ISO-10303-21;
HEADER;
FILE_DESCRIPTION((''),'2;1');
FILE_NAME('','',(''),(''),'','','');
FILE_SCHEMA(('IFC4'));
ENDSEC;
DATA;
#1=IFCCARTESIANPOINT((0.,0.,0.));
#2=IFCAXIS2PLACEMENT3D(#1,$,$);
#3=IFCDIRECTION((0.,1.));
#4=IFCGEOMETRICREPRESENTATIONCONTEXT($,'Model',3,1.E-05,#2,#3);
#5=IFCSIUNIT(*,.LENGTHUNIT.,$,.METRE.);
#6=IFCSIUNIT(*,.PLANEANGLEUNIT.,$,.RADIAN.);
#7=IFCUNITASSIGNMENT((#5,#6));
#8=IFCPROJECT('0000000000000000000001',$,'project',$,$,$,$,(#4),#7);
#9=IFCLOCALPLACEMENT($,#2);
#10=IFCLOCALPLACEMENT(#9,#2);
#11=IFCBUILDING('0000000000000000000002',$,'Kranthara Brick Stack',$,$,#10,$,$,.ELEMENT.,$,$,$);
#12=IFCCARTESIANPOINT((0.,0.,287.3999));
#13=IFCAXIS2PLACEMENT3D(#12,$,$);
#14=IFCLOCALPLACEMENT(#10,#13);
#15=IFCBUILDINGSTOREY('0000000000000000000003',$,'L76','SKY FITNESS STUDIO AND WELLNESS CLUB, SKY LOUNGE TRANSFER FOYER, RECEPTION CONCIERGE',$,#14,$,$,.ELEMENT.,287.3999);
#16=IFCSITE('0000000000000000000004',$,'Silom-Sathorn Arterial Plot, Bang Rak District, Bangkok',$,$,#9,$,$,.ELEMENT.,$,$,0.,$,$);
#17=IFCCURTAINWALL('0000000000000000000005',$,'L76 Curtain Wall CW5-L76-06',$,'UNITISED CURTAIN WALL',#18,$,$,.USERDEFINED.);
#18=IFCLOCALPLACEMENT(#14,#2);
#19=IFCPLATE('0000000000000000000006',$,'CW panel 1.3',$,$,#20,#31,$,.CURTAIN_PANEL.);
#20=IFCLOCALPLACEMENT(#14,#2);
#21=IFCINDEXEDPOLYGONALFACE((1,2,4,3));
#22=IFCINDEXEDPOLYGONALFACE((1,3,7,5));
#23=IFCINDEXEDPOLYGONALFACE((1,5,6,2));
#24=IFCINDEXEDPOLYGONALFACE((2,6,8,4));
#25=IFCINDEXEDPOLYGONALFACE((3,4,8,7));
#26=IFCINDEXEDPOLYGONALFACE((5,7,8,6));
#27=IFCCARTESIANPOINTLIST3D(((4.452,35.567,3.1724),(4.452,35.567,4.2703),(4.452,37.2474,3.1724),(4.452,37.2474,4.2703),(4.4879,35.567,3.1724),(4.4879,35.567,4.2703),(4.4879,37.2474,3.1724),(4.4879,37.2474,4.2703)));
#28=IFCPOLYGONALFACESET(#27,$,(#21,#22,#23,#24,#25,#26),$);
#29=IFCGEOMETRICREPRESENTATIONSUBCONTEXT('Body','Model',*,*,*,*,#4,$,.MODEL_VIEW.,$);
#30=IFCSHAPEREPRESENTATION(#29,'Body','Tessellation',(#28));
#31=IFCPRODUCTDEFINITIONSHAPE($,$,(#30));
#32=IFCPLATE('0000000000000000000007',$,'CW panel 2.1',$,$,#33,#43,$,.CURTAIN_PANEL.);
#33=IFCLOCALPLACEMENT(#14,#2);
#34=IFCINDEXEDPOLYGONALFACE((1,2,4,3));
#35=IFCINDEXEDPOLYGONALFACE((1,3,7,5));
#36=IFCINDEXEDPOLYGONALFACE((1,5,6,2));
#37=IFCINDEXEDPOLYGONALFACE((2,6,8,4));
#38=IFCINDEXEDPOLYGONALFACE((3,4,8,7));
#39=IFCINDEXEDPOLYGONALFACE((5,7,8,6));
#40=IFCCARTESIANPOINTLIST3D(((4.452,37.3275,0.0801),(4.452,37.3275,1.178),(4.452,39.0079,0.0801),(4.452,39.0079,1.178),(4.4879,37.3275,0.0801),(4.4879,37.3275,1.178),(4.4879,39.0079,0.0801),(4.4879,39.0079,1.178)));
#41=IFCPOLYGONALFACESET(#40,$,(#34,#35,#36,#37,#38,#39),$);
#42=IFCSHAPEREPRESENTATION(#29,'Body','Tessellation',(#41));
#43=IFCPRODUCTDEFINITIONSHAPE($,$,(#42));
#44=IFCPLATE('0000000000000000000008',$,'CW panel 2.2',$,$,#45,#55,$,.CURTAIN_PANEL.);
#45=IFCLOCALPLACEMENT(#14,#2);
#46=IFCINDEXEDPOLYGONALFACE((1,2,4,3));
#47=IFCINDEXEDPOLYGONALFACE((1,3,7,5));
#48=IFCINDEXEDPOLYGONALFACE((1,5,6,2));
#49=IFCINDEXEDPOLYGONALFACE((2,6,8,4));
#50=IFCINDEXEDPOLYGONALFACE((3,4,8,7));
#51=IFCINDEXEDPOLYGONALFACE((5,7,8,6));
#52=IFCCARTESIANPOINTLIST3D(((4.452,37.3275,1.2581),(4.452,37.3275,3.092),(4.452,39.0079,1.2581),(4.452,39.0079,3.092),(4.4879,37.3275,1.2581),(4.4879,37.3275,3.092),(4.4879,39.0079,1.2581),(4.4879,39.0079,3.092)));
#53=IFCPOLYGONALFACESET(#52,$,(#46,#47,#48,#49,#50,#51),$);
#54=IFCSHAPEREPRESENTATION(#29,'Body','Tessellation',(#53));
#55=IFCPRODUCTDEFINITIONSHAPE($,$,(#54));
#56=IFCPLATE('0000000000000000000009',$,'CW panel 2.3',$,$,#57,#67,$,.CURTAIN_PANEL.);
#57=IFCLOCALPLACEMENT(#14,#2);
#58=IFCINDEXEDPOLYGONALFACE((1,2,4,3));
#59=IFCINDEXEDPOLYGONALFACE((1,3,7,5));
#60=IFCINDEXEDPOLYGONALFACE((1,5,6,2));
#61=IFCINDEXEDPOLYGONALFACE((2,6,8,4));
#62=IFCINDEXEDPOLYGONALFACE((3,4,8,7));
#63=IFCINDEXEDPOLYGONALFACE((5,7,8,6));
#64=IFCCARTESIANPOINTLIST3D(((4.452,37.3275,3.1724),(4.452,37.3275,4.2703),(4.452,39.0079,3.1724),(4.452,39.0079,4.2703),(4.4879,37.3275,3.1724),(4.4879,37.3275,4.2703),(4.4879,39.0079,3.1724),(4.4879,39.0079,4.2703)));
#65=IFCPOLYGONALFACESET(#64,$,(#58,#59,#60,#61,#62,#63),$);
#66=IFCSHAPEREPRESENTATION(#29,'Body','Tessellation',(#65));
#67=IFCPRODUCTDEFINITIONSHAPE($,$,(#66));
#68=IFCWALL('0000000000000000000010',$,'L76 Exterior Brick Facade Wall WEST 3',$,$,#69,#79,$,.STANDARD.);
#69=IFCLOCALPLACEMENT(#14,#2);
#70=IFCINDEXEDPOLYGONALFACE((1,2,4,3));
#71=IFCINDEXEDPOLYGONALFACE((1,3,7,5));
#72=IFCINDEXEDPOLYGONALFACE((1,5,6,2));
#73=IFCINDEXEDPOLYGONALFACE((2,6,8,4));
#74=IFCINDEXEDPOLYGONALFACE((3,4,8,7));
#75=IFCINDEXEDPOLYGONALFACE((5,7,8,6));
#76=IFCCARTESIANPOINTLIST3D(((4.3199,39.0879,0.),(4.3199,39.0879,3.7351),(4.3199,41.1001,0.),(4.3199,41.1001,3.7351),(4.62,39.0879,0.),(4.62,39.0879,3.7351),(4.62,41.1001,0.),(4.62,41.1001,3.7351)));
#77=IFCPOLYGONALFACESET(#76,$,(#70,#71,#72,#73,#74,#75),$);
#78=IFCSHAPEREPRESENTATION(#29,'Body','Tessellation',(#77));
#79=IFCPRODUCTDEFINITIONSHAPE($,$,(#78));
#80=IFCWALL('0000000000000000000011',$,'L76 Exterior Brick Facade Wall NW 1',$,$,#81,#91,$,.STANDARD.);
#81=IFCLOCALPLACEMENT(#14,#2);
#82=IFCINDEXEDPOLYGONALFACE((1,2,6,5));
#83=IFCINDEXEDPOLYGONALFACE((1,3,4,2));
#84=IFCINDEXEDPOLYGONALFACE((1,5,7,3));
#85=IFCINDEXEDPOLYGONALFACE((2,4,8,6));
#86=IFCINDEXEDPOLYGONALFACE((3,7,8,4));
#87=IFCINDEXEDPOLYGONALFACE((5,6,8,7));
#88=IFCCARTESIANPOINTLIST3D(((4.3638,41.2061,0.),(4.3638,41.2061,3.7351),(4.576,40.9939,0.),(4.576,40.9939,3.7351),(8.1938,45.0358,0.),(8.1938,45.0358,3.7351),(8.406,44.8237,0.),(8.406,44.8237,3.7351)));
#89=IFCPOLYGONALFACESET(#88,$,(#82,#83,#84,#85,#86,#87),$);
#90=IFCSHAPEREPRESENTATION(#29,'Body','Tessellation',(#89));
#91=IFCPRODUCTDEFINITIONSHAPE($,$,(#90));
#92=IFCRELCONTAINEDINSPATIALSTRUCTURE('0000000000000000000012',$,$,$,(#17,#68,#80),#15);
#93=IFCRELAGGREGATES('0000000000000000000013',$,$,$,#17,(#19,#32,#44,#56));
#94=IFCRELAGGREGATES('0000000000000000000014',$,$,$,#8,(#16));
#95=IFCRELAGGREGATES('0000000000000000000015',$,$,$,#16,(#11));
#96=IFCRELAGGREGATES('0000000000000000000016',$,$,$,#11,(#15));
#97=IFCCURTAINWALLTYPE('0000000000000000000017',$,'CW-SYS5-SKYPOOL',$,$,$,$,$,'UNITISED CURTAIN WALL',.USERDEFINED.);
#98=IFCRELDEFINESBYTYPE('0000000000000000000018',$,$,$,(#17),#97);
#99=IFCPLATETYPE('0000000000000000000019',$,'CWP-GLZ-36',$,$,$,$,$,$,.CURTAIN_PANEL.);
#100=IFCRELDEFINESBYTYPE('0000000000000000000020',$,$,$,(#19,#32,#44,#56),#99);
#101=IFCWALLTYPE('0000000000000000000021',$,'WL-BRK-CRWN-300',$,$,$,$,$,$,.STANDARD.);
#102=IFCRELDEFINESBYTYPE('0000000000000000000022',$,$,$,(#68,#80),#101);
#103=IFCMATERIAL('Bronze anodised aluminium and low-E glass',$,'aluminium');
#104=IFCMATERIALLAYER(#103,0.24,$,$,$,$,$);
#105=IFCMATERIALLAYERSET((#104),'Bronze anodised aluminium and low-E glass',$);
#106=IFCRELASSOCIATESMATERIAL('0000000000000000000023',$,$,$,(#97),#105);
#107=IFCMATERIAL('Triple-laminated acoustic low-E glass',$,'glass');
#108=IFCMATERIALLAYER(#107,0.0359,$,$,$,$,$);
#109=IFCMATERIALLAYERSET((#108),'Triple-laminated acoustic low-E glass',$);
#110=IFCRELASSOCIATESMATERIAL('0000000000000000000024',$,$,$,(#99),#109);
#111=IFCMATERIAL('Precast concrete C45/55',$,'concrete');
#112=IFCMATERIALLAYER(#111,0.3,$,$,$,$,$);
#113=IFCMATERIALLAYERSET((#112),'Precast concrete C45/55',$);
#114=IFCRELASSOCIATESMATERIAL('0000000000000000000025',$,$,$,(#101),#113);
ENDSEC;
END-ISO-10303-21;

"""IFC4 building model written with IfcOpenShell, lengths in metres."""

from ifc_helpers import new_model, si_unit, direction, frame, frame_2d, origin, origin_2d, place, context, subcontext, project, spatial, rectangle, extrude, material, layer, layer_set, type_object, element, aggregate, save


model = new_model("IFC4")

# Units and contexts
model_context = context("Model", 3, precision=1e-05, world=origin(), true_north=direction((0.0, 1.0)))
body_context = subcontext(model_context, "Body", "Model", "MODEL_VIEW")
ifc_project = project(units=[si_unit("LENGTHUNIT", "METRE"), si_unit("PLANEANGLEUNIT", "RADIAN")], contexts=[model_context])

# Site, building, storey
site_placement = place(None, origin())
site = spatial("IfcSite", under=ifc_project, at=site_placement, Name="Silom-Sathorn Arterial Plot, Bang Rak District, Bangkok", CompositionType="ELEMENT", RefElevation=0.0)
building_placement = place(site_placement, origin())
building = spatial("IfcBuilding", under=site, at=building_placement, Name="Kranthara Brick Stack", CompositionType="ELEMENT")
storey_placement = place(building_placement, frame((0.0, 0.0, 287.3999)))
storey = spatial("IfcBuildingStorey", under=building, at=storey_placement, Name="L76", Description="SKY FITNESS STUDIO AND WELLNESS CLUB, SKY LOUNGE TRANSFER FOYER, RECEPTION CONCIERGE", CompositionType="ELEMENT", Elevation=287.3999)

# Curtain wall, plates
ifc_material_1 = material(Name="Bronze anodised aluminium and low-E glass", Category="aluminium")
ifc_layer_1 = layer(ifc_material_1, 0.24)
ifc_layer_set_1 = layer_set([ifc_layer_1], Name="Bronze anodised aluminium and low-E glass")
curtain_wall_type = type_object("IfcCurtainWallType", Name="CW-SYS5-SKYPOOL", ElementType="UNITISED CURTAIN WALL", PredefinedType="USERDEFINED", material=ifc_layer_set_1)
curtain_wall_placement = place(storey_placement, origin())
curtain_wall = element("IfcCurtainWall", 1, at=curtain_wall_placement, inside=storey, type_object=curtain_wall_type, Name="L76 Curtain Wall CW5-L76-06", ObjectType="UNITISED CURTAIN WALL", PredefinedType="USERDEFINED")
ifc_material_2 = material(Name="Triple-laminated acoustic low-E glass", Category="glass")
ifc_layer_2 = layer(ifc_material_2, 0.0359)
ifc_layer_set_2 = layer_set([ifc_layer_2], Name="Triple-laminated acoustic low-E glass")
plate_type = type_object("IfcPlateType", Name="CWP-GLZ-36", PredefinedType="CURTAIN_PANEL", material=ifc_layer_set_2)
plate_1_placement = place(storey_placement, frame((4.47, 36.4072, 3.1724), z_axis=(0.0, 0.0, 1.0), x_axis=(0.0, 1.0, 0.0)))
plate_1 = element("IfcPlate", 2, at=plate_1_placement, type_object=plate_type, Name="CW panel 1.3", PredefinedType="CURTAIN_PANEL", context=body_context, shape_type="SweptSolid", body=[
    extrude(rectangle(XDim=1.6804, YDim=0.0359, at=origin_2d()), origin(), (0.0, 0.0, 1.0), 1.0979),
])
plate_2_placement = place(storey_placement, frame((4.47, 38.1677, 0.0801), z_axis=(0.0, 0.0, 1.0), x_axis=(0.0, 1.0, 0.0)))
plate_2 = element("IfcPlate", 3, at=plate_2_placement, type_object=plate_type, Name="CW panel 2.1", PredefinedType="CURTAIN_PANEL", context=body_context, shape_type="SweptSolid", body=[
    extrude(rectangle(XDim=1.6804, YDim=0.0359, at=origin_2d()), origin(), (0.0, 0.0, 1.0), 1.0979),
])
plate_3_placement = place(storey_placement, frame((4.47, 38.1677, 1.2581), z_axis=(0.0, 0.0, 1.0), x_axis=(0.0, 1.0, 0.0)))
plate_3 = element("IfcPlate", 4, at=plate_3_placement, type_object=plate_type, Name="CW panel 2.2", PredefinedType="CURTAIN_PANEL", context=body_context, shape_type="SweptSolid", body=[
    extrude(rectangle(XDim=1.6804, YDim=0.0359, at=origin_2d()), origin(), (0.0, 0.0, 1.0), 1.834),
])
plate_4_placement = place(storey_placement, frame((4.47, 38.1677, 3.1724), z_axis=(0.0, 0.0, 1.0), x_axis=(0.0, 1.0, 0.0)))
plate_4 = element("IfcPlate", 5, at=plate_4_placement, type_object=plate_type, Name="CW panel 2.3", PredefinedType="CURTAIN_PANEL", context=body_context, shape_type="SweptSolid", body=[
    extrude(rectangle(XDim=1.6804, YDim=0.0359, at=origin_2d()), origin(), (0.0, 0.0, 1.0), 1.0979),
])
aggregate(curtain_wall, [plate_1, plate_2, plate_3, plate_4])

# Walls
ifc_material_3 = material(Name="Precast concrete C45/55", Category="concrete")
ifc_layer_3 = layer(ifc_material_3, 0.3)
ifc_layer_set_3 = layer_set([ifc_layer_3], Name="Precast concrete C45/55")
wall_type = type_object("IfcWallType", Name="WL-BRK-CRWN-300", PredefinedType="STANDARD", material=ifc_layer_set_3)
wall_1_placement = place(storey_placement, frame((4.47, 39.0879, 0.0), z_axis=(0.0, 0.0, 1.0), x_axis=(0.0, 1.0, 0.0)))
element("IfcWall", 6, at=wall_1_placement, inside=storey, type_object=wall_type, Name="L76 Exterior Brick Facade Wall WEST 3", PredefinedType="STANDARD", context=body_context, shape_type="SweptSolid", body=[
    extrude(rectangle(XDim=2.0122, YDim=0.3, at=frame_2d((1.0061, 0.0))), origin(), (0.0, 0.0, 1.0), 3.7351),
])
wall_2_placement = place(storey_placement, frame((4.47, 41.1001, 0.0), z_axis=(0.0, 0.0, 1.0), x_axis=(0.707129, 0.707084, 0.0)))
element("IfcWall", 7, at=wall_2_placement, inside=storey, type_object=wall_type, Name="L76 Exterior Brick Facade Wall NW 1", PredefinedType="STANDARD", context=body_context, shape_type="SweptSolid", body=[
    extrude(rectangle(XDim=5.4163, YDim=0.3, at=frame_2d((2.708, 0.0))), origin(), (0.0, 0.0, 1.0), 3.7351),
])

save(model, "model.ifc")
